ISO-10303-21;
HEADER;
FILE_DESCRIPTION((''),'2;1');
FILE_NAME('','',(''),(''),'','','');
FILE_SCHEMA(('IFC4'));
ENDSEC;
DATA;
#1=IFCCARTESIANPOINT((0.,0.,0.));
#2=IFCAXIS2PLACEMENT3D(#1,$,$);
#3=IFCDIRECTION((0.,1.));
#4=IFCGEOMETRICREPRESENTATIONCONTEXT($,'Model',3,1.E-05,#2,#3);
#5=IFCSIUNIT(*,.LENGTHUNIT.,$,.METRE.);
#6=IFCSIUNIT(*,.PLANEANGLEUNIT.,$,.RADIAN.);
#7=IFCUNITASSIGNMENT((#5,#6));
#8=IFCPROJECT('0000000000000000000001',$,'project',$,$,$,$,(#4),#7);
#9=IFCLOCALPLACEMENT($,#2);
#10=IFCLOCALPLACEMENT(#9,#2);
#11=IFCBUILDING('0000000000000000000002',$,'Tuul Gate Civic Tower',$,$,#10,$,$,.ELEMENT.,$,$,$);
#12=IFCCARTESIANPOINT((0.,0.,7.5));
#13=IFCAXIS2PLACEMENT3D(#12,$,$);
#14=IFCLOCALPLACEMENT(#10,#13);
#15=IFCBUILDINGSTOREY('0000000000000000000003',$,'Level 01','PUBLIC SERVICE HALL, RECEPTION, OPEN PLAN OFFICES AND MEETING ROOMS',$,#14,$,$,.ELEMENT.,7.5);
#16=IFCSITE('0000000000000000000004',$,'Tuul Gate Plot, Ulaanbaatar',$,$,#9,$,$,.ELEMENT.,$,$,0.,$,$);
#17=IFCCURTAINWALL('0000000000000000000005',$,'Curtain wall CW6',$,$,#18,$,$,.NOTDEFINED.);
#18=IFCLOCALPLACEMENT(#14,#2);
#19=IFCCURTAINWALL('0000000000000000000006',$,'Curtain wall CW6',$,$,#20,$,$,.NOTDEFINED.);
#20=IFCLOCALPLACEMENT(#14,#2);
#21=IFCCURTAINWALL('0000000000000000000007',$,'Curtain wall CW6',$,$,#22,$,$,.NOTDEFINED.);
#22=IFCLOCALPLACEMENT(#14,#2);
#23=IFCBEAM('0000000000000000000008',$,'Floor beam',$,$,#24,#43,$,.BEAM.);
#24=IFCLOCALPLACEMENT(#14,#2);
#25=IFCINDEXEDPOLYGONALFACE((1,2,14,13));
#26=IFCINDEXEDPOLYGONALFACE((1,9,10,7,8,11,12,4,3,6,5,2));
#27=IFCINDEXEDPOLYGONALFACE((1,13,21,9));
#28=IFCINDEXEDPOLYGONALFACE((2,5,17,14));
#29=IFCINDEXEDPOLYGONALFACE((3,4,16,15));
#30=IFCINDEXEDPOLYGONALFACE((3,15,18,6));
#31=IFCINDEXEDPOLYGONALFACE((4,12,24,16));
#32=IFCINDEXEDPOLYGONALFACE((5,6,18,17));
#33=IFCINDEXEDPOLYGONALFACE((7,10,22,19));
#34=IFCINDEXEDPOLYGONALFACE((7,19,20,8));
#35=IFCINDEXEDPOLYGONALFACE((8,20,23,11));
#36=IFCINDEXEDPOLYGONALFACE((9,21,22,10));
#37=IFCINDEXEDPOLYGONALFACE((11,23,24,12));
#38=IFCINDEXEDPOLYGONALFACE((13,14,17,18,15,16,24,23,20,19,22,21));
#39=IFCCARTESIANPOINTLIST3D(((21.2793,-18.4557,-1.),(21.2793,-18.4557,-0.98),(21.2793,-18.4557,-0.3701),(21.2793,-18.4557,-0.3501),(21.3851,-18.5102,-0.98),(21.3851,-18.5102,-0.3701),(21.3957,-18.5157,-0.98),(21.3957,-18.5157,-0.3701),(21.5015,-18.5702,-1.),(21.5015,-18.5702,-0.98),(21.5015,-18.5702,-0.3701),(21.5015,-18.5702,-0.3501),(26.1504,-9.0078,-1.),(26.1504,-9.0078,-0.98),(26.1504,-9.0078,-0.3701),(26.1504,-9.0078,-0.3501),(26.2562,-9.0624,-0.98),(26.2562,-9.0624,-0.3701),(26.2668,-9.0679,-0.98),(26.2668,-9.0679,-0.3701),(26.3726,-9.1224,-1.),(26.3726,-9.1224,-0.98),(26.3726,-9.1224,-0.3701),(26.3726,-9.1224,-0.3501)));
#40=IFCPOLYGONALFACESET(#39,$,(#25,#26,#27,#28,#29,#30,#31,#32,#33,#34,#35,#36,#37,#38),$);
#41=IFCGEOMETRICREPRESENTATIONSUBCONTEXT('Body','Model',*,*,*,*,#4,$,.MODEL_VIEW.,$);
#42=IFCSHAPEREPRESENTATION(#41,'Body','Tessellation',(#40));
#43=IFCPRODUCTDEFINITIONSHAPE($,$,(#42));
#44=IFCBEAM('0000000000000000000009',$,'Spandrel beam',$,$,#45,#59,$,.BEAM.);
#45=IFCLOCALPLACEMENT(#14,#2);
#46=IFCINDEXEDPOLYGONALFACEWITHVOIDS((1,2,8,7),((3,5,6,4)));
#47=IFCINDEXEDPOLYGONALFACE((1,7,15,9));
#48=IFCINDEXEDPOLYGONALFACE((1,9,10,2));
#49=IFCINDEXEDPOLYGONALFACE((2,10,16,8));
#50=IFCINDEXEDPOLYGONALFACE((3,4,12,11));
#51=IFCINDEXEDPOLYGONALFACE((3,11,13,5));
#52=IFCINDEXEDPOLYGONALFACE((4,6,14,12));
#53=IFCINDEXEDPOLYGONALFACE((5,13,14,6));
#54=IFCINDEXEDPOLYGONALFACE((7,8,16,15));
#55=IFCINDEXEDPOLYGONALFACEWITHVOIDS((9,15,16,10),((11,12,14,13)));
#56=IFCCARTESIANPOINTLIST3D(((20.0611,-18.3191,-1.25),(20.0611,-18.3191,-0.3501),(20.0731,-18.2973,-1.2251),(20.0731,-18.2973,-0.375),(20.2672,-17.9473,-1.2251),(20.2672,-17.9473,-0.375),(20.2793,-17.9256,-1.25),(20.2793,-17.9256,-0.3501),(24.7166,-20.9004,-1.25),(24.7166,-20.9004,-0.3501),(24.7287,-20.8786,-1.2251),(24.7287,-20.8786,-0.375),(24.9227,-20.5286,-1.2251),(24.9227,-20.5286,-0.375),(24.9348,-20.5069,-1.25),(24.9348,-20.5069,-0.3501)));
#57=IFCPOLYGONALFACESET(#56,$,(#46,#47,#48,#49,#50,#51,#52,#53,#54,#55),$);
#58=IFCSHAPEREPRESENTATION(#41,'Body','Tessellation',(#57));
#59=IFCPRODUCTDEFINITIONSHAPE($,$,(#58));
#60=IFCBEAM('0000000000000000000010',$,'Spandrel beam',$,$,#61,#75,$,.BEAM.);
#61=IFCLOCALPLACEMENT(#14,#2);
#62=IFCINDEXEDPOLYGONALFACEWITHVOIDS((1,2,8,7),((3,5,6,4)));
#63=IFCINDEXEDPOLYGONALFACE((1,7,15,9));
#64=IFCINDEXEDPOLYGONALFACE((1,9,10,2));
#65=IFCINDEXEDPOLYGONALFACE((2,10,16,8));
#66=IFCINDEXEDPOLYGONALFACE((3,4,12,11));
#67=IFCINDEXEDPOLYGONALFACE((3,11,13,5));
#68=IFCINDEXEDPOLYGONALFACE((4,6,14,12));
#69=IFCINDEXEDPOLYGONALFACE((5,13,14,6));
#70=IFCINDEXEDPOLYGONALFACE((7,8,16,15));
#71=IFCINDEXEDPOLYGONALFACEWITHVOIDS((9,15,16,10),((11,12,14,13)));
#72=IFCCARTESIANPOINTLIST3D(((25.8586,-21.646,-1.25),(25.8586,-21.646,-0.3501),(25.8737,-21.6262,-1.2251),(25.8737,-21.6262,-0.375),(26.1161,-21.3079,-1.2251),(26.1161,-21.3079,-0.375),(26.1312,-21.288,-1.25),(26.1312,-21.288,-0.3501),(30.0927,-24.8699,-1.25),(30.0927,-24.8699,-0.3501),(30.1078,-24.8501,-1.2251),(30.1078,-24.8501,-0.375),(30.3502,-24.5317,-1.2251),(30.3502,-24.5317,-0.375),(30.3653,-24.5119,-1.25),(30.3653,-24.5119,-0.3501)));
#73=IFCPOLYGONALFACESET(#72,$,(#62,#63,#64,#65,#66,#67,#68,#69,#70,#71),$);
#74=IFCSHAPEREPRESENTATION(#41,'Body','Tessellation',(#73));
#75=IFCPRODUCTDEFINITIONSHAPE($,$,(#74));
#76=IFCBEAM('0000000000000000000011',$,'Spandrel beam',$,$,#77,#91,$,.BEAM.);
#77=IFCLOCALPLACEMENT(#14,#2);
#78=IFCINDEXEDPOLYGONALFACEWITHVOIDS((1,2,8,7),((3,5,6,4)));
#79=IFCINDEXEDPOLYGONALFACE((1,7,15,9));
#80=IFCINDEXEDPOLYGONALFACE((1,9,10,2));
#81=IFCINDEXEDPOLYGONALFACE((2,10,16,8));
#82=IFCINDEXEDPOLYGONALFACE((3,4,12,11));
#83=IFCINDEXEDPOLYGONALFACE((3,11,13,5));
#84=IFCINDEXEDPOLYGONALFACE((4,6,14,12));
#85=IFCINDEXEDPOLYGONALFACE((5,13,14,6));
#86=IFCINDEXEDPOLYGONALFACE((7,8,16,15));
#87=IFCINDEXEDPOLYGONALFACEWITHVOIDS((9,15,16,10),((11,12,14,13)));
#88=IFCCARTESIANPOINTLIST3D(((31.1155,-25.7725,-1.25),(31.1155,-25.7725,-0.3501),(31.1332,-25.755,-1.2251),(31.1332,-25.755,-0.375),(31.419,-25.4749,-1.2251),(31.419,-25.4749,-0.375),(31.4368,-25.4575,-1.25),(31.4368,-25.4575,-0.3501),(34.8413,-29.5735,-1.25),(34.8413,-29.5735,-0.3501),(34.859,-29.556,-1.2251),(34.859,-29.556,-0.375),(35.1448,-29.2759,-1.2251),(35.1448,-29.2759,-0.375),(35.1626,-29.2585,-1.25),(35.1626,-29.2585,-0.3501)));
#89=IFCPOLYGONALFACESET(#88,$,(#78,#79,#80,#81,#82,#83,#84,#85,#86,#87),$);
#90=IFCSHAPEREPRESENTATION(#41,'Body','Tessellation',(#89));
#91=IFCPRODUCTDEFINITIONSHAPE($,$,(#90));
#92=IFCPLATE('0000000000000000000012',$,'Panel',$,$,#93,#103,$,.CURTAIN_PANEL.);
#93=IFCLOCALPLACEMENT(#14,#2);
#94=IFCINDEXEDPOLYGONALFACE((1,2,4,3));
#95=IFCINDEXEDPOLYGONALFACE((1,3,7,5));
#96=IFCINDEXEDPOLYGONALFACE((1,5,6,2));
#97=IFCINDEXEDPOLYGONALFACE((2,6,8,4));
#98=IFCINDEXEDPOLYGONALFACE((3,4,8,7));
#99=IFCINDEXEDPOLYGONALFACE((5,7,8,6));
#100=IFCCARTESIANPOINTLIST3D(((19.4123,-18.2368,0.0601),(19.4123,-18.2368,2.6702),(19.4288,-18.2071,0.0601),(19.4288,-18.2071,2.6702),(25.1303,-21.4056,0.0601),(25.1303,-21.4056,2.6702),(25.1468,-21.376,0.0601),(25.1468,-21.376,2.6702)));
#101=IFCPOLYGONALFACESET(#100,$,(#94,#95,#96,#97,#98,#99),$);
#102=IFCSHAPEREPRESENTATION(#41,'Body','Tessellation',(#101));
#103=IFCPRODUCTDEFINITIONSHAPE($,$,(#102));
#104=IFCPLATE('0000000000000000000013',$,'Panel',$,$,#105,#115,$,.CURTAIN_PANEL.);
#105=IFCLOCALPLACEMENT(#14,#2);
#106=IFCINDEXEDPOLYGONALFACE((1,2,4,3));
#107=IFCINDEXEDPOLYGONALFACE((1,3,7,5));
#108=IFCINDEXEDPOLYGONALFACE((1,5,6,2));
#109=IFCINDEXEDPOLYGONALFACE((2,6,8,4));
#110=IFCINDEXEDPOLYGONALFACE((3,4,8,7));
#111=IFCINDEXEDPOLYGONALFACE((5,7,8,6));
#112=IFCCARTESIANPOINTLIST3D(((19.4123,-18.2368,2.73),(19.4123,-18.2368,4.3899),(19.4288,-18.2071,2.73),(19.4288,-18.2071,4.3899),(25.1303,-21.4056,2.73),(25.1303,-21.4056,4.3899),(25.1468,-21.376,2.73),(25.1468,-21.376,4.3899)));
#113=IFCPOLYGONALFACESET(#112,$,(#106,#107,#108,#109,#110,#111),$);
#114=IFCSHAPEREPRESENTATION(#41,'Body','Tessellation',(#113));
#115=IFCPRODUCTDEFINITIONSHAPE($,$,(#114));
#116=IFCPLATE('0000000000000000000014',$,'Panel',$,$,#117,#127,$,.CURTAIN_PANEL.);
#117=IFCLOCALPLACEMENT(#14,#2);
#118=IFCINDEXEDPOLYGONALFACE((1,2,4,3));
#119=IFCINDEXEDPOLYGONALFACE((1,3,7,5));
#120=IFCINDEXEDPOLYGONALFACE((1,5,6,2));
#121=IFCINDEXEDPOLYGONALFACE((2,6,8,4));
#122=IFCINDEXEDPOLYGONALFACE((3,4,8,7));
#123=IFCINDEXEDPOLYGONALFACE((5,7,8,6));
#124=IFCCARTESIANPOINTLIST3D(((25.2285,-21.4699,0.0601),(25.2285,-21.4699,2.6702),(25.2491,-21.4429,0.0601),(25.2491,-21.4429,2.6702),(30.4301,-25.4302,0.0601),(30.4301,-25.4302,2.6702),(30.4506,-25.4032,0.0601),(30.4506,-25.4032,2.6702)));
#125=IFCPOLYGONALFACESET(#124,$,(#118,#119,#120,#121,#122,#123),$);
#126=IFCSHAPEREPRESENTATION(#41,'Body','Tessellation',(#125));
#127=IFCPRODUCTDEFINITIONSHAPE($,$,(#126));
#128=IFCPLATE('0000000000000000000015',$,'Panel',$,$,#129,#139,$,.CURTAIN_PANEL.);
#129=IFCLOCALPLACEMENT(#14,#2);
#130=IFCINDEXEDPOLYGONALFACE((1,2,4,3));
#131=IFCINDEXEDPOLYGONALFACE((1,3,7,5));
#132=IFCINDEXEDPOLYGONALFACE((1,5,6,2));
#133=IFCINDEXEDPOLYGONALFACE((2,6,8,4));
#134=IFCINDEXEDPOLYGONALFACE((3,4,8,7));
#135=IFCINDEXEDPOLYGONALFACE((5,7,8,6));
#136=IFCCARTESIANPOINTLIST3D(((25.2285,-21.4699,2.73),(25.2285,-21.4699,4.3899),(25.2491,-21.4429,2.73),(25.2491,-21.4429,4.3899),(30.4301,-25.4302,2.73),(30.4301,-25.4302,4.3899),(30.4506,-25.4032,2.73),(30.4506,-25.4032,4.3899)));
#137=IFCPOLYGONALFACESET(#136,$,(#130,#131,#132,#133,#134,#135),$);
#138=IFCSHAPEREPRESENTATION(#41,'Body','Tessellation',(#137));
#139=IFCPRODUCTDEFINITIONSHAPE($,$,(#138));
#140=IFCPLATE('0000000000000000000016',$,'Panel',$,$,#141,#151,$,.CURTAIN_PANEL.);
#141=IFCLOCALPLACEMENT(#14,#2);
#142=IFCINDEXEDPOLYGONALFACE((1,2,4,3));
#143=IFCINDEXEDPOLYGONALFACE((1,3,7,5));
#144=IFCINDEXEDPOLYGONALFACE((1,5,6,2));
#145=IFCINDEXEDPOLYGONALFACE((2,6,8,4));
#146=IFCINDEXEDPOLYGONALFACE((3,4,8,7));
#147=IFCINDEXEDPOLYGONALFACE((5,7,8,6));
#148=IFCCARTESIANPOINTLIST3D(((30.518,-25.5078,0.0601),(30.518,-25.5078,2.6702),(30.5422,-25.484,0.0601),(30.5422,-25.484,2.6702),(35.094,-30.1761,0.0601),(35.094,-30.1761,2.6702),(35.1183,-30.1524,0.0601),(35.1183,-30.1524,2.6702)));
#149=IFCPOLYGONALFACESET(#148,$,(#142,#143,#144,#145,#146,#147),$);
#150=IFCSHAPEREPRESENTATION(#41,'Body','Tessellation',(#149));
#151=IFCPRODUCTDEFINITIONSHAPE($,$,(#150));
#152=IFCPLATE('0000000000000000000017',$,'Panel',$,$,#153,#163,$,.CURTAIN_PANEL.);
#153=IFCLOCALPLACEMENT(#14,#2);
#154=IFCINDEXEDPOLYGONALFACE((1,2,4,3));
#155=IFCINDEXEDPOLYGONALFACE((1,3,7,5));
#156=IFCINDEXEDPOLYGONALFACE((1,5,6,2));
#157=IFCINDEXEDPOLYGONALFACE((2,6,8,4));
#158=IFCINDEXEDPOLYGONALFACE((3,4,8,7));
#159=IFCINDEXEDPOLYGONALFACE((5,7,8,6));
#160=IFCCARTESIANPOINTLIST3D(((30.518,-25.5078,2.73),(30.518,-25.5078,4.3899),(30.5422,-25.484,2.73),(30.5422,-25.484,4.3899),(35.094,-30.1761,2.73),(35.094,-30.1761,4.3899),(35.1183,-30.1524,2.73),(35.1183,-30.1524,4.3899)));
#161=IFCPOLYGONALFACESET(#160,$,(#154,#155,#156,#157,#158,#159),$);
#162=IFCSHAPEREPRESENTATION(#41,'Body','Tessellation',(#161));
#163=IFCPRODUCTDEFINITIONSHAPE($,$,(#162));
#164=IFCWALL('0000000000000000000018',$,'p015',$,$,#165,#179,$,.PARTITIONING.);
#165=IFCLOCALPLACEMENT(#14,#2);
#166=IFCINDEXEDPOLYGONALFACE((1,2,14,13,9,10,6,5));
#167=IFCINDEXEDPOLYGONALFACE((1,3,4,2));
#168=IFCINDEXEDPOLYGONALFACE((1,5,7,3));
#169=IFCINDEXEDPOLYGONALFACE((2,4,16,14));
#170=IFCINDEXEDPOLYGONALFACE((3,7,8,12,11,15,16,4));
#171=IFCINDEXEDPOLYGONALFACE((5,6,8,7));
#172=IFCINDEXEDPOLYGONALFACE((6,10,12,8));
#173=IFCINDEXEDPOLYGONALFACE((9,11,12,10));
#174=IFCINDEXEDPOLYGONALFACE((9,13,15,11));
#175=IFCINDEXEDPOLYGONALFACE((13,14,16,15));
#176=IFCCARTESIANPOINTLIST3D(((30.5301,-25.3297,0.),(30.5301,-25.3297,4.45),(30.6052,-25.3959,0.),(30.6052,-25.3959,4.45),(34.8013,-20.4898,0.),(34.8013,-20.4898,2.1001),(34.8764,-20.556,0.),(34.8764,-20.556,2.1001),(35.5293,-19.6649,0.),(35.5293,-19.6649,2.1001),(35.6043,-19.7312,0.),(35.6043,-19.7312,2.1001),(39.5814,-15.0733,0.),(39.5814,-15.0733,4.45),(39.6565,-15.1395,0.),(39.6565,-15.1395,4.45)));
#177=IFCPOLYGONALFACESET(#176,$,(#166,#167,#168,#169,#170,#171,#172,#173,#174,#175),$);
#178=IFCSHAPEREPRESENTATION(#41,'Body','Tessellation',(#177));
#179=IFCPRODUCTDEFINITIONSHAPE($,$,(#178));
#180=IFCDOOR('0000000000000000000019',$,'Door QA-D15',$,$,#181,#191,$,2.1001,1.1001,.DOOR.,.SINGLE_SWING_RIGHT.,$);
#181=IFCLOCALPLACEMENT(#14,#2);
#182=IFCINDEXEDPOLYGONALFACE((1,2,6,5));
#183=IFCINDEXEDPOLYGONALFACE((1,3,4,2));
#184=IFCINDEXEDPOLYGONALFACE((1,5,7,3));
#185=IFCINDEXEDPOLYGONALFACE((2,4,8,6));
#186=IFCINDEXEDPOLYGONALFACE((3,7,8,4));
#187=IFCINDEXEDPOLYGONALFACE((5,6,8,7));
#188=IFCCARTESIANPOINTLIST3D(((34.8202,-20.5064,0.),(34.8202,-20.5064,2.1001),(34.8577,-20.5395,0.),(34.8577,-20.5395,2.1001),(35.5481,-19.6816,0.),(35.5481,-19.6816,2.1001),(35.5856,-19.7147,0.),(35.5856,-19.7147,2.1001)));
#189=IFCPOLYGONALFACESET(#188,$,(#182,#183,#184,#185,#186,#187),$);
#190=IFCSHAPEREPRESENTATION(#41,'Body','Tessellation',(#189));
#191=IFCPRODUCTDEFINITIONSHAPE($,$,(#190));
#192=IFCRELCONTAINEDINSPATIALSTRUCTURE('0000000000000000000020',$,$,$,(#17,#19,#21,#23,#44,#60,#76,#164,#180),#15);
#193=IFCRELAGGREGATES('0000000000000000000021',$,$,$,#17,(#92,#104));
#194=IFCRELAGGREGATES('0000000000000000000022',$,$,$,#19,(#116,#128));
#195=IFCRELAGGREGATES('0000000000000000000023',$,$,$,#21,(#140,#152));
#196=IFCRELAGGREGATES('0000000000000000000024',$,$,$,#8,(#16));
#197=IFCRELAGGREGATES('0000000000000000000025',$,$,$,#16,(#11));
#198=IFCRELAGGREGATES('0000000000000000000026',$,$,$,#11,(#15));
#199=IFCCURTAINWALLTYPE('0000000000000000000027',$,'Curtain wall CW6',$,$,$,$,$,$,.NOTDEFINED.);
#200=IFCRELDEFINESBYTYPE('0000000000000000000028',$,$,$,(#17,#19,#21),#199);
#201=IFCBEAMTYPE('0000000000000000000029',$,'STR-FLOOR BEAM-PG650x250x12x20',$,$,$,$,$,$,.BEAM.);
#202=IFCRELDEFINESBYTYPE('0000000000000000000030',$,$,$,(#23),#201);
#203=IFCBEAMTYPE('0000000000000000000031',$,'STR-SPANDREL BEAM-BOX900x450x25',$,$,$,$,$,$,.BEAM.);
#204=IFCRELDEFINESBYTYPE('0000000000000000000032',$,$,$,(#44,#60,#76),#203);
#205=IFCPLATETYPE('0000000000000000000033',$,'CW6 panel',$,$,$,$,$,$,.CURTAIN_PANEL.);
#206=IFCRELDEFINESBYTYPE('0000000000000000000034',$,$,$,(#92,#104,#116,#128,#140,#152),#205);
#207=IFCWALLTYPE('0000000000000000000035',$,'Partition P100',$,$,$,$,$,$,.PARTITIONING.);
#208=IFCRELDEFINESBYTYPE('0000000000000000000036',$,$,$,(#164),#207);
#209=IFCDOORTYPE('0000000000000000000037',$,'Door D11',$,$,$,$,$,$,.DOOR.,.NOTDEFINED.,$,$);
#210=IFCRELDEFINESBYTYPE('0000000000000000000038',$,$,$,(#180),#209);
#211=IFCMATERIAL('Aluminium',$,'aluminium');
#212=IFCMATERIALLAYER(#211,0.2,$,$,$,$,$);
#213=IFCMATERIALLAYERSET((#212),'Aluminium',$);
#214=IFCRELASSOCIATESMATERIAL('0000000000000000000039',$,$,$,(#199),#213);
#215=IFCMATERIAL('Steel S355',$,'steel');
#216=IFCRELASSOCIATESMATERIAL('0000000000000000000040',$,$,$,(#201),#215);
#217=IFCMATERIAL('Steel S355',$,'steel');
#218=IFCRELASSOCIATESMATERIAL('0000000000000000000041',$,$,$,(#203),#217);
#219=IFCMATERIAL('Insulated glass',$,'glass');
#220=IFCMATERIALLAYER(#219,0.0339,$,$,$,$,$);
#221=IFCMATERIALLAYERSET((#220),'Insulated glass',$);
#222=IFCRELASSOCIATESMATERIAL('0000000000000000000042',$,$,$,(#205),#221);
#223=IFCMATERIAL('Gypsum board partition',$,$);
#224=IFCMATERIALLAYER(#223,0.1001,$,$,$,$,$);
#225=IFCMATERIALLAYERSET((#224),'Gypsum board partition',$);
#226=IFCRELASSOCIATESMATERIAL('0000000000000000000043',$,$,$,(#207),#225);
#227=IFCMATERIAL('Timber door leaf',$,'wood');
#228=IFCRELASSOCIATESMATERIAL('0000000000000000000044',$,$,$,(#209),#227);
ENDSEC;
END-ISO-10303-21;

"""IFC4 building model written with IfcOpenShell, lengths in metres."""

from ifc_helpers import new_model, si_unit, direction, frame, frame_2d, origin, origin_2d, place, context, subcontext, project, spatial, rectangle, hollow_rectangle, i_section, extrude, material, layer, layer_set, material_profile, profile_set, type_object, element, fill, aggregate, save


model = new_model("IFC4")

# Units and contexts
model_context = context("Model", 3, precision=1e-05, world=origin(), true_north=direction((0.0, 1.0)))
body_context = subcontext(model_context, "Body", "Model", "MODEL_VIEW")
ifc_project = project(units=[si_unit("LENGTHUNIT", "METRE"), si_unit("PLANEANGLEUNIT", "RADIAN")], contexts=[model_context])

# Site, building, storey
site_placement = place(None, origin())
site = spatial("IfcSite", under=ifc_project, at=site_placement, Name="Tuul Gate Plot, Ulaanbaatar", CompositionType="ELEMENT", RefElevation=0.0)
building_placement = place(site_placement, origin())
building = spatial("IfcBuilding", under=site, at=building_placement, Name="Tuul Gate Civic Tower", CompositionType="ELEMENT")
storey_placement = place(building_placement, frame((0.0, 0.0, 7.5)))
storey = spatial("IfcBuildingStorey", under=building, at=storey_placement, Name="Level 01", Description="PUBLIC SERVICE HALL, RECEPTION, OPEN PLAN OFFICES AND MEETING ROOMS", CompositionType="ELEMENT", Elevation=7.5)

# Curtain walls
ifc_material_1 = material(Name="Aluminium", Category="aluminium")
ifc_layer_1 = layer(ifc_material_1, 0.2)
ifc_layer_set_1 = layer_set([ifc_layer_1], Name="Aluminium")
curtain_wall_type_1 = type_object("IfcCurtainWallType", Name="Curtain wall CW6", PredefinedType="NOTDEFINED", material=ifc_layer_set_1)
curtain_wall_1_placement = place(storey_placement, origin())
curtain_wall_1 = element("IfcCurtainWall", 1, at=curtain_wall_1_placement, inside=storey, type_object=curtain_wall_type_1, Name="Curtain wall CW6", PredefinedType="NOTDEFINED")
curtain_wall_2_placement = place(storey_placement, origin())
curtain_wall_2 = element("IfcCurtainWall", 2, at=curtain_wall_2_placement, inside=storey, type_object=curtain_wall_type_1, Name="Curtain wall CW6", PredefinedType="NOTDEFINED")

# Curtain wall
curtain_wall_3_placement = place(storey_placement, origin())
curtain_wall_3 = element("IfcCurtainWall", 3, at=curtain_wall_3_placement, inside=storey, type_object=curtain_wall_type_1, Name="Curtain wall CW6", PredefinedType="NOTDEFINED")

# Beams
ifc_material_2 = material(Name="Steel S355", Category="steel")
ifc_material_profile_1 = material_profile(ifc_material_2, i_section(OverallWidth=0.25, OverallDepth=0.6499, WebThickness=0.012, FlangeThickness=0.02, at=origin_2d()), Name="PG650x250x12x20")
ifc_profile_set_1 = profile_set([ifc_material_profile_1], Name="Steel S355")
beam_type_1 = type_object("IfcBeamType", Name="STR-FLOOR BEAM-PG650x250x12x20", PredefinedType="BEAM", material=ifc_profile_set_1)
beam_1_placement = place(storey_placement, frame((21.3904, -18.5129, -0.675), z_axis=(0.458259, 0.888819, 0.0), x_axis=(-0.888819, 0.458259, 0.0)))
element("IfcBeam", 4, at=beam_1_placement, inside=storey, type_object=beam_type_1, Name="Floor beam", PredefinedType="BEAM", context=body_context, shape_type="SweptSolid", body=[
    extrude(i_section(OverallWidth=0.25, OverallDepth=0.6499, WebThickness=0.012, FlangeThickness=0.02, at=origin_2d()), origin(), (0.0, 0.0, 1.0), 10.6296),
])
ifc_material_3 = material(Name="Steel S355", Category="steel")
ifc_material_profile_2 = material_profile(ifc_material_3, hollow_rectangle(XDim=0.45, YDim=0.8999, WallThickness=0.0249, at=origin_2d()), Name="BOX900x450x25")
ifc_profile_set_2 = profile_set([ifc_material_profile_2], Name="Steel S355")
beam_type_2 = type_object("IfcBeamType", Name="STR-SPANDREL BEAM-BOX900x450x25", PredefinedType="BEAM", material=ifc_profile_set_2)
beam_2_placement = place(storey_placement, frame((20.1702, -18.1223, -0.8), z_axis=(0.874564, -0.484911, 0.0), x_axis=(0.484911, 0.874564, 0.0)))
element("IfcBeam", 5, at=beam_2_placement, inside=storey, type_object=beam_type_2, Name="Spandrel beam", PredefinedType="BEAM", context=body_context, shape_type="SweptSolid", body=[
    extrude(hollow_rectangle(XDim=0.45, YDim=0.8999, WallThickness=0.0249, at=origin_2d()), origin(), (0.0, 0.0, 1.0), 5.3232),
])
beam_3_placement = place(storey_placement, frame((25.9949, -21.467, -0.8), z_axis=(0.795624, -0.60579, 0.0), x_axis=(0.60579, 0.795624, 0.0)))
element("IfcBeam", 6, at=beam_3_placement, inside=storey, type_object=beam_type_2, Name="Spandrel beam", PredefinedType="BEAM", context=body_context, shape_type="SweptSolid", body=[
    extrude(hollow_rectangle(XDim=0.45, YDim=0.8999, WallThickness=0.0249, at=origin_2d()), origin(), (0.0, 0.0, 1.0), 5.3218),
])
beam_4_placement = place(storey_placement, frame((31.2761, -25.615, -0.8), z_axis=(0.700008, -0.714135, 0.0), x_axis=(0.714135, 0.700008, 0.0)))
element("IfcBeam", 7, at=beam_4_placement, inside=storey, type_object=beam_type_2, Name="Spandrel beam", PredefinedType="BEAM", context=body_context, shape_type="SweptSolid", body=[
    extrude(hollow_rectangle(XDim=0.45, YDim=0.8999, WallThickness=0.0249, at=origin_2d()), origin(), (0.0, 0.0, 1.0), 5.3225),
])

# Plates
ifc_material_4 = material(Name="Insulated glass", Category="glass")
ifc_layer_2 = layer(ifc_material_4, 0.0339)
ifc_layer_set_2 = layer_set([ifc_layer_2], Name="Insulated glass")
plate_type = type_object("IfcPlateType", Name="CW6 panel", PredefinedType="CURTAIN_PANEL", material=ifc_layer_set_2)
plate_1_placement = place(storey_placement, frame((22.2795, -19.8064, 0.0601), z_axis=(0.0, 0.0, 1.0), x_axis=(0.874667, -0.484724, 0.0)))
plate_1 = element("IfcPlate", 8, at=plate_1_placement, type_object=plate_type, Name="Panel", PredefinedType="CURTAIN_PANEL", context=body_context, shape_type="SweptSolid", body=[
    extrude(rectangle(XDim=6.5374, YDim=0.0339, at=origin_2d()), origin(), (0.0, 0.0, 1.0), 2.6101),
])
plate_2_placement = place(storey_placement, frame((22.2795, -19.8064, 2.73), z_axis=(0.0, 0.0, 1.0), x_axis=(0.874667, -0.484724, 0.0)))
plate_2 = element("IfcPlate", 9, at=plate_2_placement, type_object=plate_type, Name="Panel", PredefinedType="CURTAIN_PANEL", context=body_context, shape_type="SweptSolid", body=[
    extrude(rectangle(XDim=6.5374, YDim=0.0339, at=origin_2d()), origin(), (0.0, 0.0, 1.0), 1.6599),
])
aggregate(curtain_wall_1, [plate_1, plate_2])
plate_3_placement = place(storey_placement, frame((27.8396, -23.4365, 0.0601), z_axis=(0.0, 0.0, 1.0), x_axis=(0.795635, -0.605776, 0.0)))
plate_3 = element("IfcPlate", 10, at=plate_3_placement, type_object=plate_type, Name="Panel", PredefinedType="CURTAIN_PANEL", context=body_context, shape_type="SweptSolid", body=[
    extrude(rectangle(XDim=6.5376, YDim=0.0339, at=origin_2d()), origin(), (0.0, 0.0, 1.0), 2.6101),
])
plate_4_placement = place(storey_placement, frame((27.8396, -23.4365, 2.73), z_axis=(0.0, 0.0, 1.0), x_axis=(0.795635, -0.605776, 0.0)))
plate_4 = element("IfcPlate", 11, at=plate_4_placement, type_object=plate_type, Name="Panel", PredefinedType="CURTAIN_PANEL", context=body_context, shape_type="SweptSolid", body=[
    extrude(rectangle(XDim=6.5376, YDim=0.0339, at=origin_2d()), origin(), (0.0, 0.0, 1.0), 1.6599),
])
aggregate(curtain_wall_2, [plate_3, plate_4])
plate_5_placement = place(storey_placement, frame((32.8181, -27.8301, 0.0601), z_axis=(0.0, 0.0, 1.0), x_axis=(0.700011, -0.714132, 0.0)))
plate_5 = element("IfcPlate", 12, at=plate_5_placement, type_object=plate_type, Name="Panel", PredefinedType="CURTAIN_PANEL", context=body_context, shape_type="SweptSolid", body=[
    extrude(rectangle(XDim=6.5371, YDim=0.0339, at=origin_2d()), origin(), (0.0, 0.0, 1.0), 2.6101),
])
plate_6_placement = place(storey_placement, frame((32.8181, -27.8301, 2.73), z_axis=(0.0, 0.0, 1.0), x_axis=(0.700011, -0.714132, 0.0)))
plate_6 = element("IfcPlate", 13, at=plate_6_placement, type_object=plate_type, Name="Panel", PredefinedType="CURTAIN_PANEL", context=body_context, shape_type="SweptSolid", body=[
    extrude(rectangle(XDim=6.5371, YDim=0.0339, at=origin_2d()), origin(), (0.0, 0.0, 1.0), 1.6599),
])
aggregate(curtain_wall_3, [plate_5, plate_6])

# Wall, opening, door
ifc_material_5 = material(Name="Gypsum board partition")
ifc_layer_3 = layer(ifc_material_5, 0.1001)
ifc_layer_set_3 = layer_set([ifc_layer_3], Name="Gypsum board partition")
wall_type = type_object("IfcWallType", Name="Partition P100", PredefinedType="PARTITIONING", material=ifc_layer_set_3)
wall_1_placement = place(storey_placement, frame((30.5676, -25.3628, 0.0), z_axis=(0.0, 0.0, 1.0), x_axis=(0.661685, 0.749782, 0.0)))
wall_1 = element("IfcWall", 14, at=wall_1_placement, inside=storey, type_object=wall_type, Name="p015", PredefinedType="PARTITIONING", context=body_context, shape_type="SweptSolid", body=[
    extrude(rectangle(XDim=13.6792, YDim=0.1001, at=frame_2d((6.8396, 0.0))), origin(), (0.0, 0.0, 1.0), 4.45),
])
opening_placement = place(wall_1_placement, frame((6.4551, 0.0, 0.0)))
opening = element("IfcOpeningElement", 15, at=opening_placement, cuts=wall_1, PredefinedType="OPENING", context=body_context, shape_type="SweptSolid", body=[
    extrude(rectangle(XDim=1.1001, YDim=2.1001, at=frame_2d((0.55, 1.05))), frame((0.0, 0.0601, 0.0), z_axis=(0.0, -1.0, 0.0), x_axis=(1.0, 0.0, 0.0)), (0.0, 0.0, 1.0), 0.1201),
])
ifc_material_6 = material(Name="Timber door leaf", Category="wood")
door_type = type_object("IfcDoorType", Name="Door D11", OperationType="NOTDEFINED", PredefinedType="DOOR", material=ifc_material_6)
door_placement = place(opening_placement, origin())
door = element("IfcDoor", 16, at=door_placement, inside=storey, type_object=door_type, Name="Door QA-D15", OperationType="SINGLE_SWING_RIGHT", OverallHeight=2.1001, OverallWidth=1.1001, PredefinedType="DOOR", context=body_context, shape_type="SweptSolid", body=[
    extrude(rectangle(XDim=1.1001, YDim=2.1001, at=frame_2d((0.55, 1.05))), frame((0.0, 0.0249, 0.0), z_axis=(0.0, -1.0, 0.0), x_axis=(1.0, 0.0, 0.0)), (0.0, 0.0, 1.0), 0.05),
])
fill(opening, door)

save(model, "model.ifc")
